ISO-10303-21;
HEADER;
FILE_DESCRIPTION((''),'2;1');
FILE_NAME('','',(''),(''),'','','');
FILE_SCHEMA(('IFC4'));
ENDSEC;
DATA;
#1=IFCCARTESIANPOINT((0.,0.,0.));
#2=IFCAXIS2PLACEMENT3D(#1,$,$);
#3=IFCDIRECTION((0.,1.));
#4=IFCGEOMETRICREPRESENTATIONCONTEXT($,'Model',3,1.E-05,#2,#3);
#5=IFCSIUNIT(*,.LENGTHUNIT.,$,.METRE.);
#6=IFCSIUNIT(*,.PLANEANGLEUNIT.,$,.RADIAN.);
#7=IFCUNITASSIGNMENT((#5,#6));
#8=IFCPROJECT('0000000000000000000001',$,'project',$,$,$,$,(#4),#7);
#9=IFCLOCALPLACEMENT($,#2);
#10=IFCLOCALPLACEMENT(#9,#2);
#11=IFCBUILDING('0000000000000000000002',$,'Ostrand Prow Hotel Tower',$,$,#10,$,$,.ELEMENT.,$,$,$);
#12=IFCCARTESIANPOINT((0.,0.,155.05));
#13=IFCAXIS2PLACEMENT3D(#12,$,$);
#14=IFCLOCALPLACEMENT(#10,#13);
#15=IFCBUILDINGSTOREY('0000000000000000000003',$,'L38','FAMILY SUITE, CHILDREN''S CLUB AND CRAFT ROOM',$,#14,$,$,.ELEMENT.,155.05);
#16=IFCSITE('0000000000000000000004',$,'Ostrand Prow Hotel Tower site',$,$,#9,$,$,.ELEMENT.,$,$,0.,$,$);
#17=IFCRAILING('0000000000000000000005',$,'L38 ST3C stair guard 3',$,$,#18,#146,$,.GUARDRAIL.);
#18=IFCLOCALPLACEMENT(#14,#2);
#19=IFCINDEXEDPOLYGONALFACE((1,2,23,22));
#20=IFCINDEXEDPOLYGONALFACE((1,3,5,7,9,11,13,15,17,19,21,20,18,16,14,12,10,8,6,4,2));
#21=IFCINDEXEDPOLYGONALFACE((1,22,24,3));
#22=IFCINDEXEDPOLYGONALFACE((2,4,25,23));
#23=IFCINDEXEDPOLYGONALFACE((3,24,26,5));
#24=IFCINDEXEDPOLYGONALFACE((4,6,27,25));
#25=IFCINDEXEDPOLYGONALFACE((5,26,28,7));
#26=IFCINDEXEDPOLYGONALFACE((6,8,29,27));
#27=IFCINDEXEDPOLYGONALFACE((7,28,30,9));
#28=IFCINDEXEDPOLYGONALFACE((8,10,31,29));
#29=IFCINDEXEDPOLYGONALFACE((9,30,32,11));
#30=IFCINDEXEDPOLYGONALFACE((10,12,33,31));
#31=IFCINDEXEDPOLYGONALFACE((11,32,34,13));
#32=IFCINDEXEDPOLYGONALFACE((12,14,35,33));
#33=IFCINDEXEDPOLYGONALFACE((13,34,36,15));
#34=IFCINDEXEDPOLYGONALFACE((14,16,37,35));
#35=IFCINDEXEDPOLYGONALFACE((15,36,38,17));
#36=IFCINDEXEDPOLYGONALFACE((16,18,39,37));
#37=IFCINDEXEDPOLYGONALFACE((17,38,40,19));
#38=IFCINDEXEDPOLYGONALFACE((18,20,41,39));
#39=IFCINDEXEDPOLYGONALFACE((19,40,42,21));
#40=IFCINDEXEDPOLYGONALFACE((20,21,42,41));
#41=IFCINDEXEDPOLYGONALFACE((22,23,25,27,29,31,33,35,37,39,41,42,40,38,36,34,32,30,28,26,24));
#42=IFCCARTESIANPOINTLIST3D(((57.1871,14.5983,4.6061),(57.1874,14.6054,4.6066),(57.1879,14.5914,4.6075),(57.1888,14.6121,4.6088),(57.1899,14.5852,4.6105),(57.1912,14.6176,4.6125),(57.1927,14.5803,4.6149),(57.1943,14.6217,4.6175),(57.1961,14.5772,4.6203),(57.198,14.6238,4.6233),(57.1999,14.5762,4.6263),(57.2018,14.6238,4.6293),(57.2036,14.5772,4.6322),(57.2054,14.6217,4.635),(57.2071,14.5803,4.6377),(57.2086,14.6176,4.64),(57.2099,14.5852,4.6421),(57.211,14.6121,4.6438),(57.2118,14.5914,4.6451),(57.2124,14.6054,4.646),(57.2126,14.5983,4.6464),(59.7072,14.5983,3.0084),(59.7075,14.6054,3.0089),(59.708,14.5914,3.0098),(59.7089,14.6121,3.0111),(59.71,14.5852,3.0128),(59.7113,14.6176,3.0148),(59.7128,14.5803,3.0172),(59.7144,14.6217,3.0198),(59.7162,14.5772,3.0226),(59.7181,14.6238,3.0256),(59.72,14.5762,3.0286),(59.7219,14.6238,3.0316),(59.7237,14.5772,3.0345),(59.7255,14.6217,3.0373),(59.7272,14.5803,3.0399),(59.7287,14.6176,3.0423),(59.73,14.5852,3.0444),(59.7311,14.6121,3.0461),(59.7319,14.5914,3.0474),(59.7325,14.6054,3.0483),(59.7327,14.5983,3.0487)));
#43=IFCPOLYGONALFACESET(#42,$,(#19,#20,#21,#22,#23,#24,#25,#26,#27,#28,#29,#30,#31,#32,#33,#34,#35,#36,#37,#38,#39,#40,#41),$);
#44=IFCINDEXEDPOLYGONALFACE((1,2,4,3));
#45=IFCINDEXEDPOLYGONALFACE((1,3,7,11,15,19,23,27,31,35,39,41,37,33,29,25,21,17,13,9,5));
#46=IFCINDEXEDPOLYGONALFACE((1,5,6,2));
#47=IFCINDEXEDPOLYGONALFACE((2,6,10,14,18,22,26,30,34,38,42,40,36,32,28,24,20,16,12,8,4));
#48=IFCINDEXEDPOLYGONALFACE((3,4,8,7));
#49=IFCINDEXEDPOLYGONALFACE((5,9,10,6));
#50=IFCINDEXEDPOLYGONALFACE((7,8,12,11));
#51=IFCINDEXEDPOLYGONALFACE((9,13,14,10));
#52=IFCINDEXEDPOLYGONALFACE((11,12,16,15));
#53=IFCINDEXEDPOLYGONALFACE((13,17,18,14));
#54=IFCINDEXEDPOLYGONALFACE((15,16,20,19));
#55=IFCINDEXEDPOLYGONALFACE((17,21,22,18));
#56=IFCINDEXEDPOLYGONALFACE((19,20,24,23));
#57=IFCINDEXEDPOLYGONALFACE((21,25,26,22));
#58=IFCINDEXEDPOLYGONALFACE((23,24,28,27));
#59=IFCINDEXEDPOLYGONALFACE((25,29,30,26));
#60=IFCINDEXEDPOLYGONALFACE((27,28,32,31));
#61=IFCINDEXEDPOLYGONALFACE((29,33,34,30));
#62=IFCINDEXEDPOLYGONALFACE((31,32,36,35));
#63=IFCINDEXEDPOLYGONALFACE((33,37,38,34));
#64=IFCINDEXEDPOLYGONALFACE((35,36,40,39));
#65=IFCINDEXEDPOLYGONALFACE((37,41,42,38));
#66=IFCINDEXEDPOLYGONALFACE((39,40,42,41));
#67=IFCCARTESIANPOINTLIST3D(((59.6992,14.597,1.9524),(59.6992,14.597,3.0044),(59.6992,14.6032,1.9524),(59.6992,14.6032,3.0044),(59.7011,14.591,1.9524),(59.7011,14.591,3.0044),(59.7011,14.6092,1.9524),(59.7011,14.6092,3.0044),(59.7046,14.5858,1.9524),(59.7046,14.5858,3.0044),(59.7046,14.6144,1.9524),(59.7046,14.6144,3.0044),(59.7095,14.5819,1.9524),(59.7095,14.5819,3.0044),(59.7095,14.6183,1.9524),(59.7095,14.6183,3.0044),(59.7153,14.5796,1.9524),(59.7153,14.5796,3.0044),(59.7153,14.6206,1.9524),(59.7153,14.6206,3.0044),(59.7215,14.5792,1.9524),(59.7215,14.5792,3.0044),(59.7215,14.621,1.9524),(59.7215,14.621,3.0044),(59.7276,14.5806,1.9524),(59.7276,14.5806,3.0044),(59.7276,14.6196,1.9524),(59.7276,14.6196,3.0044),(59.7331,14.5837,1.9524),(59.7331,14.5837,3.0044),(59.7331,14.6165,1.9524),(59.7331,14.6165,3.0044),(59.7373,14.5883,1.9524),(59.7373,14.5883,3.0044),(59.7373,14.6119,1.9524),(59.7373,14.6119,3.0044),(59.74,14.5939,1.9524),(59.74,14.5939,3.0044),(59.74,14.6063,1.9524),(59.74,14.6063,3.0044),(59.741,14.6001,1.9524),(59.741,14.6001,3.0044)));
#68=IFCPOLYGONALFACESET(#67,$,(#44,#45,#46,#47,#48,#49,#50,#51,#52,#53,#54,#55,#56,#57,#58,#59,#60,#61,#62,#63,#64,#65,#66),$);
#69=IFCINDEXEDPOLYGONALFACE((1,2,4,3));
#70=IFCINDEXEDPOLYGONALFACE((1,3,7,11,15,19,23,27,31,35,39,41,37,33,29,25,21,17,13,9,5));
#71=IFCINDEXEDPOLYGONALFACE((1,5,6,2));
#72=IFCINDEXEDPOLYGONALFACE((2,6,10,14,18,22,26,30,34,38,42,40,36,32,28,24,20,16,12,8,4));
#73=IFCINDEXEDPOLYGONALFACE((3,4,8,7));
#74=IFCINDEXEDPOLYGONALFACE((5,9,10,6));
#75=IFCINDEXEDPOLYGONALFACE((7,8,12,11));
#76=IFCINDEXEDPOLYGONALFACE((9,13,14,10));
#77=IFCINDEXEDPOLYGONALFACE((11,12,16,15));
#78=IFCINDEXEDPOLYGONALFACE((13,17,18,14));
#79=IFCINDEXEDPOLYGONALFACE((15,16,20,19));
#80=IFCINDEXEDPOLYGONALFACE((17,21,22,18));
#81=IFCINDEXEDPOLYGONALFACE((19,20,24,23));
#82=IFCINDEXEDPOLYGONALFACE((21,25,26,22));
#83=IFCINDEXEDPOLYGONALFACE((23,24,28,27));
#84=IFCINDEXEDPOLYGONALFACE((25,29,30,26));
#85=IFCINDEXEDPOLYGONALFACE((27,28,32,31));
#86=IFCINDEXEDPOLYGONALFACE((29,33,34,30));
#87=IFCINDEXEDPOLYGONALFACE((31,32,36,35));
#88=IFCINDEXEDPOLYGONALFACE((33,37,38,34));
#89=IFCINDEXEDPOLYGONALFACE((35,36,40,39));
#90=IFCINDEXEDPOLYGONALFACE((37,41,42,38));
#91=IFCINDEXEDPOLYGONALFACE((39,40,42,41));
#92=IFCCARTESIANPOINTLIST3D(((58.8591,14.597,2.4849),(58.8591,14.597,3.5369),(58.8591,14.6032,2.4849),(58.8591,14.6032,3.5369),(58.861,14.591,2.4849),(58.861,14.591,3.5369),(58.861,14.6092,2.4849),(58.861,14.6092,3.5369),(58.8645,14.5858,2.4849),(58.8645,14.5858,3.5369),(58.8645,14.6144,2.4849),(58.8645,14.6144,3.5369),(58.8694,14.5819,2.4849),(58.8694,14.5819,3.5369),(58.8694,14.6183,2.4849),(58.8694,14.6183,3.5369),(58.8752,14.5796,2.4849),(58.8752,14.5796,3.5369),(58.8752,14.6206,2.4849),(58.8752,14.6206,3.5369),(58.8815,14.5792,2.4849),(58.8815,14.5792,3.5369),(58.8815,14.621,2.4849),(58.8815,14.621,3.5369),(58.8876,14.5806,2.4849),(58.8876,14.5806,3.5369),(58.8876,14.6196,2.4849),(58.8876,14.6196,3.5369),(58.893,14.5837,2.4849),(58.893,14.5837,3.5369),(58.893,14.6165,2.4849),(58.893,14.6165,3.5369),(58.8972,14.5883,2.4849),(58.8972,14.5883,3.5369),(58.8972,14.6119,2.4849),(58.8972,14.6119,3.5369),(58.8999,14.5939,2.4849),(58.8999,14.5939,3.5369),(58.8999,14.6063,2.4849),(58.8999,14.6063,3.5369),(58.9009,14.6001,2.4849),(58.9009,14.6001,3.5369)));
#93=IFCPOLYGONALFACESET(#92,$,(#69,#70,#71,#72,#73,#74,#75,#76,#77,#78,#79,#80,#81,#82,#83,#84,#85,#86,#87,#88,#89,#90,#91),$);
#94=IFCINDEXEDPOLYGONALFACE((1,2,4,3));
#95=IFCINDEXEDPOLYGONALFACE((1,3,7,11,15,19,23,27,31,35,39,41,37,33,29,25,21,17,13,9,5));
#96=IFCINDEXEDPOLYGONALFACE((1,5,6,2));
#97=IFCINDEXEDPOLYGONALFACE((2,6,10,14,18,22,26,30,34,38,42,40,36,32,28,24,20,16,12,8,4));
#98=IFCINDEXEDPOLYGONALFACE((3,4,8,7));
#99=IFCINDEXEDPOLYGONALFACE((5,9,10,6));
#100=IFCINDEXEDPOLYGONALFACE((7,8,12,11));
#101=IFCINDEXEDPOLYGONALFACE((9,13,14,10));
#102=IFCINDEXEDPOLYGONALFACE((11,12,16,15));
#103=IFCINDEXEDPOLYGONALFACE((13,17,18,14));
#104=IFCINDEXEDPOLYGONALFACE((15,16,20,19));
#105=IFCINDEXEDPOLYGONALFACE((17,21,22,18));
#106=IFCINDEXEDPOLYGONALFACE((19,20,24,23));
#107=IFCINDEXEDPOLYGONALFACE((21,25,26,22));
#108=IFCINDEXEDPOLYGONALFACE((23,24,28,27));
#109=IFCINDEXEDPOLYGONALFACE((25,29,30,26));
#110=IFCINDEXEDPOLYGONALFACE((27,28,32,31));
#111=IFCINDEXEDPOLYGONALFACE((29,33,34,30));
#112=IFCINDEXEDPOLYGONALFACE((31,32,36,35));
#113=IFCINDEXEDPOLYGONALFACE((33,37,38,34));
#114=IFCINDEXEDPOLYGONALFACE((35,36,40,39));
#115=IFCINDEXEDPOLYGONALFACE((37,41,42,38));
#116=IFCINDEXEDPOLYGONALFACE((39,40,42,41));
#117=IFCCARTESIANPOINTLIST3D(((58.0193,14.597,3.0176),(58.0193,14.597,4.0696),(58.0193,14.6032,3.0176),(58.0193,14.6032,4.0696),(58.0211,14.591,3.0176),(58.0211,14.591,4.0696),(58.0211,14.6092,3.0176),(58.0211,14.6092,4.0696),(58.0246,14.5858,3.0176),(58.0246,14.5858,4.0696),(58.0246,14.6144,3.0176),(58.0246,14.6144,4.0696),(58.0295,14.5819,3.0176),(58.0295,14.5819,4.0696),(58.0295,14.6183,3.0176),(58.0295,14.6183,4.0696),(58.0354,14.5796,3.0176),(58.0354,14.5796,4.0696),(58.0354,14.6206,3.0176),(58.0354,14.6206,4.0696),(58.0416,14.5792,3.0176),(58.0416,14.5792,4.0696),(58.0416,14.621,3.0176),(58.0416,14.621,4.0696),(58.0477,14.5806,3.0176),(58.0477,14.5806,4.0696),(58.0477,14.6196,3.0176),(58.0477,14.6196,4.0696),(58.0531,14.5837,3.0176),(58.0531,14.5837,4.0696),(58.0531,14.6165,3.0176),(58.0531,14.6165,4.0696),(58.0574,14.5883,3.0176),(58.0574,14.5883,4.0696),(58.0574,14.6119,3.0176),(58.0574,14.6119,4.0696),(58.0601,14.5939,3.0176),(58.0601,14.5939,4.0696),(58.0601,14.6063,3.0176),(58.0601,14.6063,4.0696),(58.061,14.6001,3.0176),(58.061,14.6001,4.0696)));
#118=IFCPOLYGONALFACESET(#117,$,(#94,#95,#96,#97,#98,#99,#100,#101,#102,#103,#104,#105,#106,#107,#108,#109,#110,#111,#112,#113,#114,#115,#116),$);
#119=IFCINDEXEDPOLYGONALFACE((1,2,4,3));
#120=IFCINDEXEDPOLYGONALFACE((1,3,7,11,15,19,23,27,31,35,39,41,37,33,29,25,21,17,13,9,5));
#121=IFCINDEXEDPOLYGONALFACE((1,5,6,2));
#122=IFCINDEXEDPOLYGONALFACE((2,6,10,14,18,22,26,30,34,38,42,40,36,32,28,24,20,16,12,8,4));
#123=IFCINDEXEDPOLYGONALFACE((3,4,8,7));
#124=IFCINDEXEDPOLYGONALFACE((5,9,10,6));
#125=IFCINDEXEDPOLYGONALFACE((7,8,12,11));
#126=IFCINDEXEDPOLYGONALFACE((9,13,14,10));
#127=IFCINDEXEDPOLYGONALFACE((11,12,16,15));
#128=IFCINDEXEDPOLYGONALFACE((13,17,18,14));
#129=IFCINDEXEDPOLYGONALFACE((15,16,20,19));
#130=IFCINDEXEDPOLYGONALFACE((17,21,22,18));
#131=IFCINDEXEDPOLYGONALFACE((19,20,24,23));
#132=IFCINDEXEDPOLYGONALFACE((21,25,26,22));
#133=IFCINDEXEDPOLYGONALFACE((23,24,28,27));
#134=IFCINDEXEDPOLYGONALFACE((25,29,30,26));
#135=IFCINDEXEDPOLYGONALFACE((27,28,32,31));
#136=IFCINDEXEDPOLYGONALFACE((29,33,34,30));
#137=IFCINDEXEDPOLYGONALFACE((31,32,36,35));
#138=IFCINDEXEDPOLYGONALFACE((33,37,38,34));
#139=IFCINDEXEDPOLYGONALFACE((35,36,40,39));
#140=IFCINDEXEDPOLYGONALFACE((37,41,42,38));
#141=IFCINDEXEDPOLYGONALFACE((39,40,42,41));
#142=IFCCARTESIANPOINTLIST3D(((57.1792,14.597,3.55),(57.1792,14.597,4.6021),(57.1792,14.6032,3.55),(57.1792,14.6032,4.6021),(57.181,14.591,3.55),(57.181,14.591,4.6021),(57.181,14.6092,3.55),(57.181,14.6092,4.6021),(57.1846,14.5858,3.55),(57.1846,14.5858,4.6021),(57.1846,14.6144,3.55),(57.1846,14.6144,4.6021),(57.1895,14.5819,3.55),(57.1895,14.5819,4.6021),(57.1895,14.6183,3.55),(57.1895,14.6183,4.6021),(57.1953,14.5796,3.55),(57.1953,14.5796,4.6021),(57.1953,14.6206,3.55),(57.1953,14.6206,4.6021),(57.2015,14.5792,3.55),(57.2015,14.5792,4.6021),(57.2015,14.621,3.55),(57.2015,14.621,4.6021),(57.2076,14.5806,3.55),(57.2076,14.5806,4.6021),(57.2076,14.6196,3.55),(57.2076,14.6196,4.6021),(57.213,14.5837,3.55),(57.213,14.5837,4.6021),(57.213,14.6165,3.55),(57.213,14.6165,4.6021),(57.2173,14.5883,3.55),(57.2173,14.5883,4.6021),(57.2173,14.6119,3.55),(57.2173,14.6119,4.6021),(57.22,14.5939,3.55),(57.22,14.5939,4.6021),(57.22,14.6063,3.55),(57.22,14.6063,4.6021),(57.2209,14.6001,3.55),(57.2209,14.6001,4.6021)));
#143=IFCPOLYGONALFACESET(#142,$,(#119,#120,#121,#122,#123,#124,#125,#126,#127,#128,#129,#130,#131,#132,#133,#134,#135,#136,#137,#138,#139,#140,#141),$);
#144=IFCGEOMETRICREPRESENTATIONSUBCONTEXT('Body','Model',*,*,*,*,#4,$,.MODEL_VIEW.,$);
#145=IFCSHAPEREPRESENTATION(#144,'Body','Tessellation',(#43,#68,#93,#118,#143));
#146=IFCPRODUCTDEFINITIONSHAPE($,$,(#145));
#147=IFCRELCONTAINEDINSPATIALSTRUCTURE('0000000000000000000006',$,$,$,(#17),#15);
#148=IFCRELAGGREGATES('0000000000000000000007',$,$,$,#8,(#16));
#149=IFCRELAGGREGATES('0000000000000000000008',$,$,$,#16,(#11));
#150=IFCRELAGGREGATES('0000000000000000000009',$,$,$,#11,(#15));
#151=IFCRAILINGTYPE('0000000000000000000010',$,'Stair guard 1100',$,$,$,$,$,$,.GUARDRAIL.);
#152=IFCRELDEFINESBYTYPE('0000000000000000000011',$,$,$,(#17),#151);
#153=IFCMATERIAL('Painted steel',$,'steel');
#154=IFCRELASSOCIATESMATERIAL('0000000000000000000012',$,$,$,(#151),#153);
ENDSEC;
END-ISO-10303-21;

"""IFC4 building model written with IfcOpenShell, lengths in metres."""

from ifc_helpers import new_model, si_unit, direction, frame, origin, origin_2d, place, context, subcontext, project, spatial, circle, extrude, material, type_object, element, save


model = new_model("IFC4")

# Units and contexts
model_context = context("Model", 3, precision=1e-05, world=origin(), true_north=direction((0.0, 1.0)))
body_context = subcontext(model_context, "Body", "Model", "MODEL_VIEW")
ifc_project = project(units=[si_unit("LENGTHUNIT", "METRE"), si_unit("PLANEANGLEUNIT", "RADIAN")], contexts=[model_context])

# Site, building, storey
site_placement = place(None, origin())
site = spatial("IfcSite", under=ifc_project, at=site_placement, Name="Ostrand Prow Hotel Tower site", CompositionType="ELEMENT", RefElevation=0.0)
building_placement = place(site_placement, origin())
building = spatial("IfcBuilding", under=site, at=building_placement, Name="Ostrand Prow Hotel Tower", CompositionType="ELEMENT")
storey_placement = place(building_placement, frame((0.0, 0.0, 155.05)))
storey = spatial("IfcBuildingStorey", under=building, at=storey_placement, Name="L38", Description="FAMILY SUITE, CHILDREN'S CLUB AND CRAFT ROOM", CompositionType="ELEMENT", Elevation=155.05)

# Railing
ifc_material_1 = material(Name="Painted steel", Category="steel")
railing_type_1 = type_object("IfcRailingType", Name="Stair guard 1100", PredefinedType="GUARDRAIL", material=ifc_material_1)
railing_1_placement = place(storey_placement, frame((59.72, 14.6001, 1.9524)))
element("IfcRailing", 1, at=railing_1_placement, inside=storey, type_object=railing_type_1, Name="L38 ST3C stair guard 3", PredefinedType="GUARDRAIL", context=body_context, shape_type="SweptSolid", body=[
    extrude(circle(Radius=0.0239, at=origin_2d()), frame((0.0, 0.0, 1.0762), z_axis=(-0.84457, 0.0, 0.535445), x_axis=(0.0, -1.0, 0.0)), (0.0, 0.0, 1.0), 2.9839),
    extrude(circle(Radius=0.021, at=origin_2d()), origin(), (0.0, 0.0, 1.0), 1.052),
    extrude(circle(Radius=0.021, at=origin_2d()), frame((-0.8401, 0.0, 0.5325)), (0.0, 0.0, 1.0), 1.052),
    extrude(circle(Radius=0.021, at=origin_2d()), frame((-1.6799, 0.0, 1.0652)), (0.0, 0.0, 1.0), 1.052),
    extrude(circle(Radius=0.021, at=origin_2d()), frame((-2.52, 0.0, 1.5977)), (0.0, 0.0, 1.0), 1.052),
])

save(model, "model.ifc")
